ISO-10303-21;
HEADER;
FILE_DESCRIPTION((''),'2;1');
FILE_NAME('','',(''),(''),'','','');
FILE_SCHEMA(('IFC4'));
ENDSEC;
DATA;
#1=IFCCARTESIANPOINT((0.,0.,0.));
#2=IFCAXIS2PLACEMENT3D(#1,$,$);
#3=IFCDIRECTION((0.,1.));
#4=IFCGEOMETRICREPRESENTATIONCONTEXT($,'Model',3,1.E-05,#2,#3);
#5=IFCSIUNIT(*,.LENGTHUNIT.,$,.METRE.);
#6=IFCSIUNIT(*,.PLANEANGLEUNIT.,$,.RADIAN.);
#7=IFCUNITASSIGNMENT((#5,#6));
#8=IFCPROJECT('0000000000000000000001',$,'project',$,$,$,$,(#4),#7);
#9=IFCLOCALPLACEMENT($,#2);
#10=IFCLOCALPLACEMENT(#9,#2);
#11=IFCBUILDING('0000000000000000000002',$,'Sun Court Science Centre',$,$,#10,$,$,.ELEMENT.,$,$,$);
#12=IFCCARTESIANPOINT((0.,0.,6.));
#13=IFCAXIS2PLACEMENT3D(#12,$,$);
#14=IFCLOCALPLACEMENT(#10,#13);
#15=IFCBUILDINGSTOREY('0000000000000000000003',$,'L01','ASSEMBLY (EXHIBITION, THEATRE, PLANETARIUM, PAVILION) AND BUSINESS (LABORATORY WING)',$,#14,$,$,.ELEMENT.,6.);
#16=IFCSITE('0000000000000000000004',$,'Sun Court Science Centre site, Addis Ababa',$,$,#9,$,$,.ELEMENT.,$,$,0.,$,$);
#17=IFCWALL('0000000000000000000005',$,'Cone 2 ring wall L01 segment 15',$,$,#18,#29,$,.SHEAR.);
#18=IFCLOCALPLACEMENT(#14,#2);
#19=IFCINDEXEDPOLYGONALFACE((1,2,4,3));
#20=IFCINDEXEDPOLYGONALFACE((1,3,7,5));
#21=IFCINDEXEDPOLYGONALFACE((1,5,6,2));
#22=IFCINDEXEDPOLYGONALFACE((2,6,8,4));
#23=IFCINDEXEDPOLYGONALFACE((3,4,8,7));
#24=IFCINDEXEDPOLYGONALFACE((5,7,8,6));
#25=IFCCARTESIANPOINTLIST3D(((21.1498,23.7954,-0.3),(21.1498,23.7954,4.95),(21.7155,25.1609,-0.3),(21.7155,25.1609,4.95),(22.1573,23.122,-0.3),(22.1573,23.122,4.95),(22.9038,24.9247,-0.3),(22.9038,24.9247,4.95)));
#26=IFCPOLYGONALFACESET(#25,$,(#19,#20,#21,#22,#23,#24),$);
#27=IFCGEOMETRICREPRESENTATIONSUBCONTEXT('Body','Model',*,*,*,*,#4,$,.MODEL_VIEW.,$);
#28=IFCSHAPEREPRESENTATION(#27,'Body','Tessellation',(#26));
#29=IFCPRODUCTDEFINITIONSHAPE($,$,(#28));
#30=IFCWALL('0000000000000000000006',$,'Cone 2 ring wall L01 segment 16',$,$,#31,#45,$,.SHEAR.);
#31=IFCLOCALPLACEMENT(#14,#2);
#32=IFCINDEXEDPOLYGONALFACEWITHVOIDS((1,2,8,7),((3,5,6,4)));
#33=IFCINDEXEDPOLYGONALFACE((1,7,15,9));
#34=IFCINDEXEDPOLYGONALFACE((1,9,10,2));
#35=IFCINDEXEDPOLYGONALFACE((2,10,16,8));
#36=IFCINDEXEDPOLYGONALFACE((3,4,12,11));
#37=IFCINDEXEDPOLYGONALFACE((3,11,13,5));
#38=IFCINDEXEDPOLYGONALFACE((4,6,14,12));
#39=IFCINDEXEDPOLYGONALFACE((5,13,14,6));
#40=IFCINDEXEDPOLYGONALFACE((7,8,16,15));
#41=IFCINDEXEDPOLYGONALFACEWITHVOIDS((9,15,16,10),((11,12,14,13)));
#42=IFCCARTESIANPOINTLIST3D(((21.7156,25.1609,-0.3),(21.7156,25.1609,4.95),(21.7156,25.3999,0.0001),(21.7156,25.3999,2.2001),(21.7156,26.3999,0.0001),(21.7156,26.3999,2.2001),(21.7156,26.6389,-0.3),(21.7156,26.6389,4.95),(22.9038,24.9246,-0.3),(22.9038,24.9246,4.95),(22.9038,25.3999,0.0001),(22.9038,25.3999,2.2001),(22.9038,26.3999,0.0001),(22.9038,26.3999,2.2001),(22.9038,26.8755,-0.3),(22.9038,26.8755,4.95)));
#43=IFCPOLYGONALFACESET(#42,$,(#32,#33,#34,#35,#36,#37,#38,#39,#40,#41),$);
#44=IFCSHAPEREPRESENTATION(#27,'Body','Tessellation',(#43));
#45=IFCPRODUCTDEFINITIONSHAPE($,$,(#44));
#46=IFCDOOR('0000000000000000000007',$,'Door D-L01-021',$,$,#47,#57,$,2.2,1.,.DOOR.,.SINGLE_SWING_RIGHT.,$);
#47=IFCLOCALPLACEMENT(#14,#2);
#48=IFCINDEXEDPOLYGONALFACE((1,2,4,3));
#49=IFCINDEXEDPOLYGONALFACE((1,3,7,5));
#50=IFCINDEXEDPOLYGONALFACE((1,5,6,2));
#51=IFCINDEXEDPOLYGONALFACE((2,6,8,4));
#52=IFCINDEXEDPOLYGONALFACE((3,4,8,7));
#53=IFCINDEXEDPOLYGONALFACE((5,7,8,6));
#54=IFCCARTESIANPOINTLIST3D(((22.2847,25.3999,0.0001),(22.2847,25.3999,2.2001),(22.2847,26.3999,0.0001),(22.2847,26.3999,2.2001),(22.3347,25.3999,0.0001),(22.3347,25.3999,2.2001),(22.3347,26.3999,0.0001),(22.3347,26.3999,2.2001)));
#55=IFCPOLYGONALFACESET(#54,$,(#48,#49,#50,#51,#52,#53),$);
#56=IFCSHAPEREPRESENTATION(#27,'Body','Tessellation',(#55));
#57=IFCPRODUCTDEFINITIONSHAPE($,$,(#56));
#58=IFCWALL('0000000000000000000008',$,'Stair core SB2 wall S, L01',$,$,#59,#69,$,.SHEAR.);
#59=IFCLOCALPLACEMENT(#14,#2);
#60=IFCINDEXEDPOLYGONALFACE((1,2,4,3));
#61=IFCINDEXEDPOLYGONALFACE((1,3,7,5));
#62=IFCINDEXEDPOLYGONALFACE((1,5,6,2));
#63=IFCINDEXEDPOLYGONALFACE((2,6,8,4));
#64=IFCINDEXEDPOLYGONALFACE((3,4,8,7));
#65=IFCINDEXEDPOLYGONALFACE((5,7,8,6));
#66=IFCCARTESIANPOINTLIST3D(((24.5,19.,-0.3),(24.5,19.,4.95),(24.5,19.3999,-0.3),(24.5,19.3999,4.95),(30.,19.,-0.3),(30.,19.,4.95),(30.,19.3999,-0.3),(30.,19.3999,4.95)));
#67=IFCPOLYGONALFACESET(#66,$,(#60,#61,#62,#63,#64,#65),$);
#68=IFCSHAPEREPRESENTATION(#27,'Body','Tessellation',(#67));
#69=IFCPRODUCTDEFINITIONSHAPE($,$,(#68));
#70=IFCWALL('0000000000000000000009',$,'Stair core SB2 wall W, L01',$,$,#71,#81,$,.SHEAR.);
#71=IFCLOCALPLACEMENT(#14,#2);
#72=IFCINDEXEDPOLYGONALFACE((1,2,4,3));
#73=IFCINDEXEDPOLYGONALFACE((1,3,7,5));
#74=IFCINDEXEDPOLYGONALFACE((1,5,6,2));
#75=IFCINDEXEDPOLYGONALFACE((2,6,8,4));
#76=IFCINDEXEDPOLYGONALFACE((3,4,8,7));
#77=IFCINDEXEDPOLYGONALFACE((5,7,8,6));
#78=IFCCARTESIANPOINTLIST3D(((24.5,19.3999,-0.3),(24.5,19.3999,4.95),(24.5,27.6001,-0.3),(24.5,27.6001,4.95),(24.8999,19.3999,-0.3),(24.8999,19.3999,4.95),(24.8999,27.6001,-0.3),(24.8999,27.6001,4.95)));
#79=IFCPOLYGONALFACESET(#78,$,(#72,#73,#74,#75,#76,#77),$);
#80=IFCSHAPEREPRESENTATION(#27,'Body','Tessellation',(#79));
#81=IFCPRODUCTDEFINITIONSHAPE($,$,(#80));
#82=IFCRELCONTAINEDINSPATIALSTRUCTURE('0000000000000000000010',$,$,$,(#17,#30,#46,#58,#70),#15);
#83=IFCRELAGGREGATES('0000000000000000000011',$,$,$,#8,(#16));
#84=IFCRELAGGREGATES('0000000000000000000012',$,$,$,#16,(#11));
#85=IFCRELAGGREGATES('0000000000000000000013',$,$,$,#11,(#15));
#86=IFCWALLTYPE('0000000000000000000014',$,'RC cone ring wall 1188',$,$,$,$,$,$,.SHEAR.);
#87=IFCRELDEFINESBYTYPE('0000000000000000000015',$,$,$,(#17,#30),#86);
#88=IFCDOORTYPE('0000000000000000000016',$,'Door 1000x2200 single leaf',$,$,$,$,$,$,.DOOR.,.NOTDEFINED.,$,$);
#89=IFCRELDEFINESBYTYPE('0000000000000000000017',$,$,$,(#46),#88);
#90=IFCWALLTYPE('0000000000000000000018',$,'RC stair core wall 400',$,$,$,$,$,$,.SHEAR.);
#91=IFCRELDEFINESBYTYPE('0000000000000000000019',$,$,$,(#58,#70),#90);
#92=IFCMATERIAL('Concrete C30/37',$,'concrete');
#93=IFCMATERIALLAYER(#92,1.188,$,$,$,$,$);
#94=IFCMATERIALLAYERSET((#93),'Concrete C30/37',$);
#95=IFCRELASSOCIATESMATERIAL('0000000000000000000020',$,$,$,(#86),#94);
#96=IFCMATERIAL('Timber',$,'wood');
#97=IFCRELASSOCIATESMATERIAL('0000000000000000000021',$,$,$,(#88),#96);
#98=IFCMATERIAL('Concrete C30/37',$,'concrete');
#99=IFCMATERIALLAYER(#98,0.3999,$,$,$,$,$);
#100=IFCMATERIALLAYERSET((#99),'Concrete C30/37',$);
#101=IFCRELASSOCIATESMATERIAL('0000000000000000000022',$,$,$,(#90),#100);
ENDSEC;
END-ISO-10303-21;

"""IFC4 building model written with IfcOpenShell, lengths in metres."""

from ifc_helpers import new_model, si_unit, direction, frame, frame_2d, origin, place, context, subcontext, project, spatial, polyline, rectangle, outline, extrude, material, layer, layer_set, type_object, element, fill, save


model = new_model("IFC4")

# Units and contexts
model_context = context("Model", 3, precision=1e-05, world=origin(), true_north=direction((0.0, 1.0)))
body_context = subcontext(model_context, "Body", "Model", "MODEL_VIEW")
ifc_project = project(units=[si_unit("LENGTHUNIT", "METRE"), si_unit("PLANEANGLEUNIT", "RADIAN")], contexts=[model_context])

# Site, building, storey
site_placement = place(None, origin())
site = spatial("IfcSite", under=ifc_project, at=site_placement, Name="Sun Court Science Centre site, Addis Ababa", CompositionType="ELEMENT", RefElevation=0.0)
building_placement = place(site_placement, origin())
building = spatial("IfcBuilding", under=site, at=building_placement, Name="Sun Court Science Centre", CompositionType="ELEMENT")
storey_placement = place(building_placement, frame((0.0, 0.0, 6.0)))
storey = spatial("IfcBuildingStorey", under=building, at=storey_placement, Name="L01", Description="ASSEMBLY (EXHIBITION, THEATRE, PLANETARIUM, PAVILION) AND BUSINESS (LABORATORY WING)", CompositionType="ELEMENT", Elevation=6.0)

# Wall
ifc_material_1 = material(Name="Concrete C30/37", Category="concrete")
ifc_layer_1 = layer(ifc_material_1, 1.188)
ifc_layer_set_1 = layer_set([ifc_layer_1], Name="Concrete C30/37")
wall_type_1 = type_object("IfcWallType", Name="RC cone ring wall 1188", PredefinedType="SHEAR", material=ifc_layer_set_1)
wall_1_placement = place(storey_placement, frame((21.6084, 23.3496, -0.3), z_axis=(0.0, 0.0, 1.0), x_axis=(0.382713, 0.923867, 0.0)))
element("IfcWall", 1, at=wall_1_placement, inside=storey, type_object=wall_type_1, Name="Cone 2 ring wall L01 segment 15", PredefinedType="SHEAR", context=body_context, shape_type="SweptSolid", body=[
    extrude(outline(polyline([(-0.0002, -0.5942), (1.9509, -0.594), (1.7144, 0.5942), (0.2363, 0.5942), (-0.0002, -0.5942)])), origin(), (0.0, 0.0, 1.0), 5.25),
])

# Wall, opening, door
wall_2_placement = place(storey_placement, frame((22.3096, 24.9246, -0.3), z_axis=(0.0, 0.0, 1.0), x_axis=(0.0, 1.0, 0.0)))
wall_2 = element("IfcWall", 2, at=wall_2_placement, inside=storey, type_object=wall_type_1, Name="Cone 2 ring wall L01 segment 16", PredefinedType="SHEAR", context=body_context, shape_type="SweptSolid", body=[
    extrude(outline(polyline([(0.0, -0.5942), (1.9509, -0.5942), (1.7144, 0.594), (0.2363, 0.594), (0.0, -0.5942)])), origin(), (0.0, 0.0, 1.0), 5.25),
])
opening_1_placement = place(wall_2_placement, frame((0.4753, 0.0, 0.3)))
opening_1 = element("IfcOpeningElement", 3, at=opening_1_placement, cuts=wall_2, PredefinedType="OPENING", context=body_context, shape_type="SweptSolid", body=[
    extrude(rectangle(XDim=1.0, YDim=2.2, at=frame_2d((0.5, 1.1001))), frame((0.0, 0.6042, 0.0), z_axis=(0.0, -1.0, 0.0), x_axis=(1.0, 0.0, 0.0)), (0.0, 0.0, 1.0), 1.2085),
])
ifc_material_2 = material(Name="Timber", Category="wood")
door_type_1 = type_object("IfcDoorType", Name="Door 1000x2200 single leaf", OperationType="NOTDEFINED", PredefinedType="DOOR", material=ifc_material_2)
door_1_placement = place(opening_1_placement, origin())
door_1 = element("IfcDoor", 4, at=door_1_placement, inside=storey, type_object=door_type_1, Name="Door D-L01-021", OperationType="SINGLE_SWING_RIGHT", OverallHeight=2.2, OverallWidth=1.0, PredefinedType="DOOR", context=body_context, shape_type="SweptSolid", body=[
    extrude(rectangle(XDim=1.0, YDim=2.2, at=frame_2d((0.5, 1.1001))), frame((0.0, 0.0249, 0.0), z_axis=(0.0, -1.0, 0.0), x_axis=(1.0, 0.0, 0.0)), (0.0, 0.0, 1.0), 0.05),
])
fill(opening_1, door_1)

# Walls
ifc_material_3 = material(Name="Concrete C30/37", Category="concrete")
ifc_layer_2 = layer(ifc_material_3, 0.3999)
ifc_layer_set_2 = layer_set([ifc_layer_2], Name="Concrete C30/37")
wall_type_2 = type_object("IfcWallType", Name="RC stair core wall 400", PredefinedType="SHEAR", material=ifc_layer_set_2)
wall_3_placement = place(storey_placement, frame((24.5, 19.2, -0.3), z_axis=(0.0, 0.0, 1.0), x_axis=(1.0, 0.0, 0.0)))
element("IfcWall", 5, at=wall_3_placement, inside=storey, type_object=wall_type_2, Name="Stair core SB2 wall S, L01", PredefinedType="SHEAR", context=body_context, shape_type="SweptSolid", body=[
    extrude(rectangle(XDim=5.5, YDim=0.3999, at=frame_2d((2.75, 0.0))), origin(), (0.0, 0.0, 1.0), 5.25),
])
wall_4_placement = place(storey_placement, frame((24.7, 19.3999, -0.3), z_axis=(0.0, 0.0, 1.0), x_axis=(0.0, 1.0, 0.0)))
element("IfcWall", 6, at=wall_4_placement, inside=storey, type_object=wall_type_2, Name="Stair core SB2 wall W, L01", PredefinedType="SHEAR", context=body_context, shape_type="SweptSolid", body=[
    extrude(rectangle(XDim=8.2002, YDim=0.3999, at=frame_2d((4.1001, 0.0))), origin(), (0.0, 0.0, 1.0), 5.25),
])

save(model, "model.ifc")
